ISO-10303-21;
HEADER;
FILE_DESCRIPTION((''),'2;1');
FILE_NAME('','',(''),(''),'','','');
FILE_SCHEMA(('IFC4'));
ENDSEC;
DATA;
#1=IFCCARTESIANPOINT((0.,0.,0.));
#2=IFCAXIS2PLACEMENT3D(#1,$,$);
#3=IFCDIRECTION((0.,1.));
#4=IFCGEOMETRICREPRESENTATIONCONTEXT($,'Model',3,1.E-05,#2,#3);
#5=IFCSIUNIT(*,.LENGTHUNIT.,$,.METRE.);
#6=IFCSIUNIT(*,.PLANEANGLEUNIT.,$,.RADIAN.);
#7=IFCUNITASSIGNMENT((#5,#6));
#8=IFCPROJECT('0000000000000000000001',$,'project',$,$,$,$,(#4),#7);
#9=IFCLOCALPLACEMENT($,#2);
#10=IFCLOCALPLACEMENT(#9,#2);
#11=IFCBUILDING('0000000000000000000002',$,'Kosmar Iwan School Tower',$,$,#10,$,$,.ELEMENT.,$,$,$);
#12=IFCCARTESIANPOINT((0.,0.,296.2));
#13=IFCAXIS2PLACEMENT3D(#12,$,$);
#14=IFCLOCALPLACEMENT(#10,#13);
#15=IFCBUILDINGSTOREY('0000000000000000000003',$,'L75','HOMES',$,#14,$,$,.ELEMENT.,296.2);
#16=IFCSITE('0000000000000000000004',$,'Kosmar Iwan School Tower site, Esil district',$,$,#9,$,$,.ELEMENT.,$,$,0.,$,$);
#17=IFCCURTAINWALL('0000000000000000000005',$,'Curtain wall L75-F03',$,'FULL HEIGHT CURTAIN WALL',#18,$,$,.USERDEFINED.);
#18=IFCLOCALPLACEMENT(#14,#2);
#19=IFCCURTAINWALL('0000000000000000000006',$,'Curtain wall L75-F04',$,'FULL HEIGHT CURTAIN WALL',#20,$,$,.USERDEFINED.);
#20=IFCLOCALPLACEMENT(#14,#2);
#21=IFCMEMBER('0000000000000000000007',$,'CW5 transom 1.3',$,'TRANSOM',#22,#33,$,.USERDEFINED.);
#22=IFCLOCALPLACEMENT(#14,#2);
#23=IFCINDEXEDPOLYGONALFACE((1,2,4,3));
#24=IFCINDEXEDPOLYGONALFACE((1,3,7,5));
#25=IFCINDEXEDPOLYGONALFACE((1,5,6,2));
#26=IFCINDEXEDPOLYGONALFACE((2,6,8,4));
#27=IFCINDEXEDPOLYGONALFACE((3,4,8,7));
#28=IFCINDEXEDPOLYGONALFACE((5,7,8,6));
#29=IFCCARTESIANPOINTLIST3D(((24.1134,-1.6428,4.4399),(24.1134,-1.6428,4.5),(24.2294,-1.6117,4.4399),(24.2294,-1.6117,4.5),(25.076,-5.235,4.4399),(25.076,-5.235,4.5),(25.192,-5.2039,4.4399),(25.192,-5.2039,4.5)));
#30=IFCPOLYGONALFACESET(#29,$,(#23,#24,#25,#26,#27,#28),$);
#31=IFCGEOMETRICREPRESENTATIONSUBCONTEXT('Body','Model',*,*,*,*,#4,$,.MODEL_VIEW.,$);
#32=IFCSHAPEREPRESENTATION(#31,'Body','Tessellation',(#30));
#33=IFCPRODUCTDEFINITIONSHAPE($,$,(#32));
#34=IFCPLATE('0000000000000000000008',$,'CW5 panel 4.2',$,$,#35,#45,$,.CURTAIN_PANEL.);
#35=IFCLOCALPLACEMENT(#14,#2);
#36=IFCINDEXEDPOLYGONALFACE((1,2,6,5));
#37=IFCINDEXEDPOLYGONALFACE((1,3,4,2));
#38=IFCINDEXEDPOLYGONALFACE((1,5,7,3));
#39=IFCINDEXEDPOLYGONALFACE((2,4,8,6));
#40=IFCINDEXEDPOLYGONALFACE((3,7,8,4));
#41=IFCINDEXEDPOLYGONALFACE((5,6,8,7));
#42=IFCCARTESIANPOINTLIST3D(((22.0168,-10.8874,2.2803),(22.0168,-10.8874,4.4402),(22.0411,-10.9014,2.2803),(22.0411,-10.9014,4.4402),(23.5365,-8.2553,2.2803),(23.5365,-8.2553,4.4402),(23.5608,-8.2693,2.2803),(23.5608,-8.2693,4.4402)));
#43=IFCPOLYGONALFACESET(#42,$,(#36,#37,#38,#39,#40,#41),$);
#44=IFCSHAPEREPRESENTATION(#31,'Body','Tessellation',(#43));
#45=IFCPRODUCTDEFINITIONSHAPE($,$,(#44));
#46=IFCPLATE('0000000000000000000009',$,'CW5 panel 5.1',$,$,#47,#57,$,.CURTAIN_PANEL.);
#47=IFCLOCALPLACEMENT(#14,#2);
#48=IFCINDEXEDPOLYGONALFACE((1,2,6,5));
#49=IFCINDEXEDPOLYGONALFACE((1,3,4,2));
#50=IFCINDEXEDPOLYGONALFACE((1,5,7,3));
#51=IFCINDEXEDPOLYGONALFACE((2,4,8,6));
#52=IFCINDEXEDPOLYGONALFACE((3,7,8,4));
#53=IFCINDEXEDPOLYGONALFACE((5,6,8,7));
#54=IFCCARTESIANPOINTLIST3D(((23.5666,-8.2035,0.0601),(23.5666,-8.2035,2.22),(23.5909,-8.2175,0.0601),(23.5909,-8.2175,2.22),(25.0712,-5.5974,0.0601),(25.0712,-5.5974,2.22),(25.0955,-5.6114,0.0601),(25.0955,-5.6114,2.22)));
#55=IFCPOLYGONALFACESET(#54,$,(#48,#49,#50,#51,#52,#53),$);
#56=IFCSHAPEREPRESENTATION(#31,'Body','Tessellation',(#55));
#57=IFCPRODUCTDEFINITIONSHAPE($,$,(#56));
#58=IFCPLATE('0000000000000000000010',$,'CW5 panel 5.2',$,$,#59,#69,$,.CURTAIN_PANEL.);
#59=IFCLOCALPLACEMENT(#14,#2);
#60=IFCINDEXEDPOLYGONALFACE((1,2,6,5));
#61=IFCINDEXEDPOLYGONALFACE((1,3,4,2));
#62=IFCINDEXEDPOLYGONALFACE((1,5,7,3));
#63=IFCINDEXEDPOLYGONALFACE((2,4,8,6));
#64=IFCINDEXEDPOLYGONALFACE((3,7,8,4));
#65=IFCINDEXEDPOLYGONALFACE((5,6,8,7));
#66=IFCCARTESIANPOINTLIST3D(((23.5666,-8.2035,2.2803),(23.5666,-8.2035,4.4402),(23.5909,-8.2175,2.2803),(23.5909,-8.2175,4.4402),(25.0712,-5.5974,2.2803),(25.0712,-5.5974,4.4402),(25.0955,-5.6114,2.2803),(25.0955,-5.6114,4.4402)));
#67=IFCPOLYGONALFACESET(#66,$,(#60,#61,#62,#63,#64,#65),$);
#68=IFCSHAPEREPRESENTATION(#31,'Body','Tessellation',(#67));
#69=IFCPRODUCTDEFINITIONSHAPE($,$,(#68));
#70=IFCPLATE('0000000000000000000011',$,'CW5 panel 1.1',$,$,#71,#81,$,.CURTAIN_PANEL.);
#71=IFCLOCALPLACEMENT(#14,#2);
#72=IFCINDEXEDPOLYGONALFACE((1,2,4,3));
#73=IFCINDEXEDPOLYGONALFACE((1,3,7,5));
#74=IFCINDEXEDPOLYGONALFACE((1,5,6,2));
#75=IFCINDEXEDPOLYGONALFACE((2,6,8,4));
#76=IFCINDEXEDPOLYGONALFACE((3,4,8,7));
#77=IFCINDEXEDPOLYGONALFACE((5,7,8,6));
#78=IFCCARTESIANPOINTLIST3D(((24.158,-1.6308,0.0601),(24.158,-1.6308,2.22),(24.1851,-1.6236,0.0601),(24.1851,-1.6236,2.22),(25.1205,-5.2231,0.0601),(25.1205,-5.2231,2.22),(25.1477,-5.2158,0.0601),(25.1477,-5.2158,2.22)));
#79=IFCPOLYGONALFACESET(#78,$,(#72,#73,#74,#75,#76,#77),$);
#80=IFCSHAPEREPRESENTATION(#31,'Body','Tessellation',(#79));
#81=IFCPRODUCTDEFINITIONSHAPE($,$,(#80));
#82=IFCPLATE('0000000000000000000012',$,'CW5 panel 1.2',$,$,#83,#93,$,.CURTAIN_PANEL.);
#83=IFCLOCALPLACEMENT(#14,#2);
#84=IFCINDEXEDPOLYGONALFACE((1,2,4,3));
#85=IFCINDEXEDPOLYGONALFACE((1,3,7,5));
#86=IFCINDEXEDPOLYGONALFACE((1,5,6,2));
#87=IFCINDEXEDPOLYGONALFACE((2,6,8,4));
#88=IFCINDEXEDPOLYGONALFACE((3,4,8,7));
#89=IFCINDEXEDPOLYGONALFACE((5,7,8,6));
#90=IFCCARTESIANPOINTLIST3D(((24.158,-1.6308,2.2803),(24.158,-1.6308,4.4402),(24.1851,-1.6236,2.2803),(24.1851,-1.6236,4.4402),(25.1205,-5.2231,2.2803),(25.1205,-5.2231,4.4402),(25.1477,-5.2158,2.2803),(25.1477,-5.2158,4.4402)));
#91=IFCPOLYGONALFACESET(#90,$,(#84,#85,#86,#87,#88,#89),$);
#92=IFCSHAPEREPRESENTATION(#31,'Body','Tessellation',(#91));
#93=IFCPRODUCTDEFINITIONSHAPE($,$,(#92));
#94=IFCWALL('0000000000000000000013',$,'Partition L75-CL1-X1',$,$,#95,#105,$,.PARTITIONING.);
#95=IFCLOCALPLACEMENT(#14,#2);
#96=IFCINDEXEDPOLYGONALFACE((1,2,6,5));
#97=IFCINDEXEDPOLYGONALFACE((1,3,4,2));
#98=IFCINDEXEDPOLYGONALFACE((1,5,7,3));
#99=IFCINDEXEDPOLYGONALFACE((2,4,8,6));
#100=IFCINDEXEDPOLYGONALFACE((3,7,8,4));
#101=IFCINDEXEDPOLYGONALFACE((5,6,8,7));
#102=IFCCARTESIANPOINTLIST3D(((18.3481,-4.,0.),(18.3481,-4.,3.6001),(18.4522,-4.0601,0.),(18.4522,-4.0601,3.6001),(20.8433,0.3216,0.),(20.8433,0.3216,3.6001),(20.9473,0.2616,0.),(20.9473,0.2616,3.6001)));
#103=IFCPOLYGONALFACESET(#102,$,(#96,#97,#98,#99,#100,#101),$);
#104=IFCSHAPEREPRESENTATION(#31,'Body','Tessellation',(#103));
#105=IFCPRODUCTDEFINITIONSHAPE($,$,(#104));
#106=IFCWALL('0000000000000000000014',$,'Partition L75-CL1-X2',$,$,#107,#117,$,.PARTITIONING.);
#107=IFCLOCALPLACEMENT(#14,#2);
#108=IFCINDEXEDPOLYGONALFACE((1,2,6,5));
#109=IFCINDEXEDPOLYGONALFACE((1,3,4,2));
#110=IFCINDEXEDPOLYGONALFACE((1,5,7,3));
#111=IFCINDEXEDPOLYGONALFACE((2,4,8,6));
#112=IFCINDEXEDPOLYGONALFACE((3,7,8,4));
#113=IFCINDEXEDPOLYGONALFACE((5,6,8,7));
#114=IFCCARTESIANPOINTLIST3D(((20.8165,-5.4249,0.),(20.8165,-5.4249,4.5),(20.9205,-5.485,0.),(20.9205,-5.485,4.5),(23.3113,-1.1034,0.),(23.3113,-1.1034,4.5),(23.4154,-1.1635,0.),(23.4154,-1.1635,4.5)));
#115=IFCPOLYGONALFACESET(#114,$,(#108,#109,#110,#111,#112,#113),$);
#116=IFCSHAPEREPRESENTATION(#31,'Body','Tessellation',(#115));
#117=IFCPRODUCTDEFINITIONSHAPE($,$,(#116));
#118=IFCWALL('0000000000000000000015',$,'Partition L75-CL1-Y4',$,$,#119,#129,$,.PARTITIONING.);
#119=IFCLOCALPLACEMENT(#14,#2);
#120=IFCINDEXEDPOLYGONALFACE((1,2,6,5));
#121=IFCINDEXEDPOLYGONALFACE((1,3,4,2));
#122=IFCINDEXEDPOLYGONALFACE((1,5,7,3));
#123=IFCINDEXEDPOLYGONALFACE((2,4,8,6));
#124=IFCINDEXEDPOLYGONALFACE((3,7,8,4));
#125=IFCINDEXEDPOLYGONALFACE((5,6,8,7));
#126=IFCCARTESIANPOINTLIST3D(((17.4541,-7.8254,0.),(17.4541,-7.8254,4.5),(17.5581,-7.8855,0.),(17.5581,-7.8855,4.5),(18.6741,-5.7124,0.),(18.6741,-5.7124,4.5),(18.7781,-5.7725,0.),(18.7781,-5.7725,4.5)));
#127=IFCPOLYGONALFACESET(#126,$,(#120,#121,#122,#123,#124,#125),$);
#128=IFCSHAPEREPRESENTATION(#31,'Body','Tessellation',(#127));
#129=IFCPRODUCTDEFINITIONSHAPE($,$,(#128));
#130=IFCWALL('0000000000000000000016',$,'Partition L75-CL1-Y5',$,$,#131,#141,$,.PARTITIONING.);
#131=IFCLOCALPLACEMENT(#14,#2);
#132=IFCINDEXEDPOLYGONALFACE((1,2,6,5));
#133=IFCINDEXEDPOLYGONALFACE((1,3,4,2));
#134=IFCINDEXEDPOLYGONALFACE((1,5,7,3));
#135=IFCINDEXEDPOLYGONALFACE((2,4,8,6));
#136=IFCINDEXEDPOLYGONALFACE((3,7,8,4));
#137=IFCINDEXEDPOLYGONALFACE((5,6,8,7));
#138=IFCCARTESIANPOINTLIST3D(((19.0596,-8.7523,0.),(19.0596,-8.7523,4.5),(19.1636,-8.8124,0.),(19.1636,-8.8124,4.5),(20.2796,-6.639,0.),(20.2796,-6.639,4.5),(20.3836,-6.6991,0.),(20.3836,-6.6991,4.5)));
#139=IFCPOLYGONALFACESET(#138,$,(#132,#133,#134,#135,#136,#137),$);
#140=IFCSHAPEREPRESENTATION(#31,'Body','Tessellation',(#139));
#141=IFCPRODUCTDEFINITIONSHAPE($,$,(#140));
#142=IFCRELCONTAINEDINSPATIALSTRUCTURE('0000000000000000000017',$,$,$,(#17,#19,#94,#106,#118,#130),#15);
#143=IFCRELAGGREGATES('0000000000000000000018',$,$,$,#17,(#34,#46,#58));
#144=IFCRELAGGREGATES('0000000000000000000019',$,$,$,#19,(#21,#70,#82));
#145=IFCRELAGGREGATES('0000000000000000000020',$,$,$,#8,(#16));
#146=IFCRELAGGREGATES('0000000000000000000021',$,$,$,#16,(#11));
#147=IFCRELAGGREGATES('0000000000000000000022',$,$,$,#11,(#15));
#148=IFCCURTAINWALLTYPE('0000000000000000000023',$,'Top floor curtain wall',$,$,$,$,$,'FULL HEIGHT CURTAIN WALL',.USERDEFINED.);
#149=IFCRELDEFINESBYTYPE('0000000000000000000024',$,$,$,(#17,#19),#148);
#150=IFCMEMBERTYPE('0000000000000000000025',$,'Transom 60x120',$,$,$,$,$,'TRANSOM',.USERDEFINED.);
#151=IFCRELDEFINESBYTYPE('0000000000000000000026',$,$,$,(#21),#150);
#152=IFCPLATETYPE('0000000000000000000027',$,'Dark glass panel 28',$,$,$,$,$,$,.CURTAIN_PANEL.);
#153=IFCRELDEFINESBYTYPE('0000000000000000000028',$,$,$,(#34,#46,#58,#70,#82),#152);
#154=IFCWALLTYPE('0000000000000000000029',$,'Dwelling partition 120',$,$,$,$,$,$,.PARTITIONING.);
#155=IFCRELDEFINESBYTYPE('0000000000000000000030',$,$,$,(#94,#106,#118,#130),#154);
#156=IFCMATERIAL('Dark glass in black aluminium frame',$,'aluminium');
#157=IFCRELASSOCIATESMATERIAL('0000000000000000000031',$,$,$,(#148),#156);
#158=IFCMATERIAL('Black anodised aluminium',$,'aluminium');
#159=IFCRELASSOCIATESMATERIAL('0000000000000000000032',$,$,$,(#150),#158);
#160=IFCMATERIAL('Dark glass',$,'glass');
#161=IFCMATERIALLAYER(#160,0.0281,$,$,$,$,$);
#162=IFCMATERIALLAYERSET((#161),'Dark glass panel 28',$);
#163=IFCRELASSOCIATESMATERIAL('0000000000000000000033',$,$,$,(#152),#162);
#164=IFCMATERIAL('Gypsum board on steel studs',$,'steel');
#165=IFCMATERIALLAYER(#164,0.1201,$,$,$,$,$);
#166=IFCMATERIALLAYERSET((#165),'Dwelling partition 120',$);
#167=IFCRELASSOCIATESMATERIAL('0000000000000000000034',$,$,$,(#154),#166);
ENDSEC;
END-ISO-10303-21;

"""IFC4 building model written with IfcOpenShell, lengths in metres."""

from ifc_helpers import new_model, si_unit, direction, frame, frame_2d, origin, origin_2d, place, context, subcontext, project, spatial, rectangle, extrude, material, layer, layer_set, material_profile, profile_set, type_object, element, aggregate, save


model = new_model("IFC4")

# Units and contexts
model_context = context("Model", 3, precision=1e-05, world=origin(), true_north=direction((0.0, 1.0)))
body_context = subcontext(model_context, "Body", "Model", "MODEL_VIEW")
ifc_project = project(units=[si_unit("LENGTHUNIT", "METRE"), si_unit("PLANEANGLEUNIT", "RADIAN")], contexts=[model_context])

# Site, building, storey
site_placement = place(None, origin())
site = spatial("IfcSite", under=ifc_project, at=site_placement, Name="Kosmar Iwan School Tower site, Esil district", CompositionType="ELEMENT", RefElevation=0.0)
building_placement = place(site_placement, origin())
building = spatial("IfcBuilding", under=site, at=building_placement, Name="Kosmar Iwan School Tower", CompositionType="ELEMENT")
storey_placement = place(building_placement, frame((0.0, 0.0, 296.2)))
storey = spatial("IfcBuildingStorey", under=building, at=storey_placement, Name="L75", Description="HOMES", CompositionType="ELEMENT", Elevation=296.2)

# Curtain walls
ifc_material_1 = material(Name="Dark glass in black aluminium frame", Category="aluminium")
curtain_wall_type = type_object("IfcCurtainWallType", Name="Top floor curtain wall", ElementType="FULL HEIGHT CURTAIN WALL", PredefinedType="USERDEFINED", material=ifc_material_1)
curtain_wall_1_placement = place(storey_placement, origin())
curtain_wall_1 = element("IfcCurtainWall", 1, at=curtain_wall_1_placement, inside=storey, type_object=curtain_wall_type, Name="Curtain wall L75-F03", ObjectType="FULL HEIGHT CURTAIN WALL", PredefinedType="USERDEFINED")
curtain_wall_2_placement = place(storey_placement, origin())
curtain_wall_2 = element("IfcCurtainWall", 2, at=curtain_wall_2_placement, inside=storey, type_object=curtain_wall_type, Name="Curtain wall L75-F04", ObjectType="FULL HEIGHT CURTAIN WALL", PredefinedType="USERDEFINED")

# Member
ifc_material_2 = material(Name="Black anodised aluminium", Category="aluminium")
ifc_material_profile_1 = material_profile(ifc_material_2, rectangle(XDim=0.1201, YDim=0.0601, at=origin_2d()), Name="TRANSOM 60x120")
ifc_profile_set_1 = profile_set([ifc_material_profile_1], Name="Black anodised aluminium")
member_type_1 = type_object("IfcMemberType", Name="Transom 60x120", ElementType="TRANSOM", PredefinedType="USERDEFINED", material=ifc_profile_set_1)
member_1_placement = place(storey_placement, frame((25.134, -5.2195, 4.47), z_axis=(-0.258843, 0.965919, 0.0), x_axis=(-0.965919, -0.258843, 0.0)))
member_1 = element("IfcMember", 3, at=member_1_placement, type_object=member_type_1, Name="CW5 transom 1.3", ObjectType="TRANSOM", PredefinedType="USERDEFINED", context=body_context, shape_type="SweptSolid", body=[
    extrude(rectangle(XDim=0.1201, YDim=0.0601, at=origin_2d()), origin(), (0.0, 0.0, 1.0), 3.719),
])

# Plates
ifc_material_3 = material(Name="Dark glass", Category="glass")
ifc_layer_1 = layer(ifc_material_3, 0.0281)
ifc_layer_set_1 = layer_set([ifc_layer_1], Name="Dark glass panel 28")
plate_type = type_object("IfcPlateType", Name="Dark glass panel 28", PredefinedType="CURTAIN_PANEL", material=ifc_layer_set_1)
plate_1_placement = place(storey_placement, frame((22.7888, -9.5784, 2.2803), z_axis=(0.0, 0.0, 1.0), x_axis=(0.5, 0.866025, 0.0)))
plate_1 = element("IfcPlate", 4, at=plate_1_placement, type_object=plate_type, Name="CW5 panel 4.2", PredefinedType="CURTAIN_PANEL", context=body_context, shape_type="SweptSolid", body=[
    extrude(rectangle(XDim=3.0393, YDim=0.0281, at=origin_2d()), origin(), (0.0, 0.0, 1.0), 2.1599),
])
plate_2_placement = place(storey_placement, frame((24.3311, -6.9075, 0.0601), z_axis=(0.0, 0.0, 1.0), x_axis=(0.5, 0.866025, 0.0)))
plate_2 = element("IfcPlate", 5, at=plate_2_placement, type_object=plate_type, Name="CW5 panel 5.1", PredefinedType="CURTAIN_PANEL", context=body_context, shape_type="SweptSolid", body=[
    extrude(rectangle(XDim=3.0093, YDim=0.0281, at=origin_2d()), origin(), (0.0, 0.0, 1.0), 2.1599),
])
plate_3_placement = place(storey_placement, frame((24.3311, -6.9075, 2.2803), z_axis=(0.0, 0.0, 1.0), x_axis=(0.5, 0.866025, 0.0)))
plate_3 = element("IfcPlate", 6, at=plate_3_placement, type_object=plate_type, Name="CW5 panel 5.2", PredefinedType="CURTAIN_PANEL", context=body_context, shape_type="SweptSolid", body=[
    extrude(rectangle(XDim=3.0093, YDim=0.0281, at=origin_2d()), origin(), (0.0, 0.0, 1.0), 2.1599),
])
aggregate(curtain_wall_1, [plate_1, plate_2, plate_3])
plate_4_placement = place(storey_placement, frame((24.6528, -3.4233, 0.0601), z_axis=(0.0, 0.0, 1.0), x_axis=(-0.258819, 0.965926, 0.0)))
plate_4 = element("IfcPlate", 7, at=plate_4_placement, type_object=plate_type, Name="CW5 panel 1.1", PredefinedType="CURTAIN_PANEL", context=body_context, shape_type="SweptSolid", body=[
    extrude(rectangle(XDim=3.719, YDim=0.0281, at=origin_2d()), origin(), (0.0, 0.0, 1.0), 2.1599),
])
plate_5_placement = place(storey_placement, frame((24.6528, -3.4233, 2.2803), z_axis=(0.0, 0.0, 1.0), x_axis=(-0.258819, 0.965926, 0.0)))
plate_5 = element("IfcPlate", 8, at=plate_5_placement, type_object=plate_type, Name="CW5 panel 1.2", PredefinedType="CURTAIN_PANEL", context=body_context, shape_type="SweptSolid", body=[
    extrude(rectangle(XDim=3.719, YDim=0.0281, at=origin_2d()), origin(), (0.0, 0.0, 1.0), 2.1599),
])
aggregate(curtain_wall_2, [member_1, plate_4, plate_5])

# Walls
ifc_material_4 = material(Name="Gypsum board on steel studs", Category="steel")
ifc_layer_2 = layer(ifc_material_4, 0.1201)
ifc_layer_set_2 = layer_set([ifc_layer_2], Name="Dwelling partition 120")
wall_type = type_object("IfcWallType", Name="Dwelling partition 120", PredefinedType="PARTITIONING", material=ifc_layer_set_2)
wall_1_placement = place(storey_placement, frame((18.4001, -4.03, 0.0), z_axis=(0.0, 0.0, 1.0), x_axis=(0.500012, 0.866019, 0.0)))
element("IfcWall", 9, at=wall_1_placement, inside=storey, type_object=wall_type, Name="Partition L75-CL1-X1", PredefinedType="PARTITIONING", context=body_context, shape_type="SweptSolid", body=[
    extrude(rectangle(XDim=4.9902, YDim=0.1201, at=frame_2d((2.4951, 0.0))), origin(), (0.0, 0.0, 1.0), 3.6001),
])
wall_2_placement = place(storey_placement, frame((20.8684, -5.4551, 0.0), z_axis=(0.0, 0.0, 1.0), x_axis=(0.499975, 0.86604, 0.0)))
element("IfcWall", 10, at=wall_2_placement, inside=storey, type_object=wall_type, Name="Partition L75-CL1-X2", PredefinedType="PARTITIONING", context=body_context, shape_type="SweptSolid", body=[
    extrude(rectangle(XDim=4.99, YDim=0.1201, at=frame_2d((2.4951, 0.0))), origin(), (0.0, 0.0, 1.0), 4.5),
])
wall_3_placement = place(storey_placement, frame((17.5061, -7.8555, 0.0), z_axis=(0.0, 0.0, 1.0), x_axis=(0.500003, 0.866024, 0.0)))
element("IfcWall", 11, at=wall_3_placement, inside=storey, type_object=wall_type, Name="Partition L75-CL1-Y4", PredefinedType="PARTITIONING", context=body_context, shape_type="SweptSolid", body=[
    extrude(rectangle(XDim=2.4399, YDim=0.1201, at=frame_2d((1.22, 0.0))), origin(), (0.0, 0.0, 1.0), 4.5),
])
wall_4_placement = place(storey_placement, frame((19.1116, -8.7825, 0.0), z_axis=(0.0, 0.0, 1.0), x_axis=(0.499959, 0.866049, 0.0)))
element("IfcWall", 12, at=wall_4_placement, inside=storey, type_object=wall_type, Name="Partition L75-CL1-Y5", PredefinedType="PARTITIONING", context=body_context, shape_type="SweptSolid", body=[
    extrude(rectangle(XDim=2.4402, YDim=0.1201, at=frame_2d((1.2202, 0.0))), origin(), (0.0, 0.0, 1.0), 4.5),
])

save(model, "model.ifc")
